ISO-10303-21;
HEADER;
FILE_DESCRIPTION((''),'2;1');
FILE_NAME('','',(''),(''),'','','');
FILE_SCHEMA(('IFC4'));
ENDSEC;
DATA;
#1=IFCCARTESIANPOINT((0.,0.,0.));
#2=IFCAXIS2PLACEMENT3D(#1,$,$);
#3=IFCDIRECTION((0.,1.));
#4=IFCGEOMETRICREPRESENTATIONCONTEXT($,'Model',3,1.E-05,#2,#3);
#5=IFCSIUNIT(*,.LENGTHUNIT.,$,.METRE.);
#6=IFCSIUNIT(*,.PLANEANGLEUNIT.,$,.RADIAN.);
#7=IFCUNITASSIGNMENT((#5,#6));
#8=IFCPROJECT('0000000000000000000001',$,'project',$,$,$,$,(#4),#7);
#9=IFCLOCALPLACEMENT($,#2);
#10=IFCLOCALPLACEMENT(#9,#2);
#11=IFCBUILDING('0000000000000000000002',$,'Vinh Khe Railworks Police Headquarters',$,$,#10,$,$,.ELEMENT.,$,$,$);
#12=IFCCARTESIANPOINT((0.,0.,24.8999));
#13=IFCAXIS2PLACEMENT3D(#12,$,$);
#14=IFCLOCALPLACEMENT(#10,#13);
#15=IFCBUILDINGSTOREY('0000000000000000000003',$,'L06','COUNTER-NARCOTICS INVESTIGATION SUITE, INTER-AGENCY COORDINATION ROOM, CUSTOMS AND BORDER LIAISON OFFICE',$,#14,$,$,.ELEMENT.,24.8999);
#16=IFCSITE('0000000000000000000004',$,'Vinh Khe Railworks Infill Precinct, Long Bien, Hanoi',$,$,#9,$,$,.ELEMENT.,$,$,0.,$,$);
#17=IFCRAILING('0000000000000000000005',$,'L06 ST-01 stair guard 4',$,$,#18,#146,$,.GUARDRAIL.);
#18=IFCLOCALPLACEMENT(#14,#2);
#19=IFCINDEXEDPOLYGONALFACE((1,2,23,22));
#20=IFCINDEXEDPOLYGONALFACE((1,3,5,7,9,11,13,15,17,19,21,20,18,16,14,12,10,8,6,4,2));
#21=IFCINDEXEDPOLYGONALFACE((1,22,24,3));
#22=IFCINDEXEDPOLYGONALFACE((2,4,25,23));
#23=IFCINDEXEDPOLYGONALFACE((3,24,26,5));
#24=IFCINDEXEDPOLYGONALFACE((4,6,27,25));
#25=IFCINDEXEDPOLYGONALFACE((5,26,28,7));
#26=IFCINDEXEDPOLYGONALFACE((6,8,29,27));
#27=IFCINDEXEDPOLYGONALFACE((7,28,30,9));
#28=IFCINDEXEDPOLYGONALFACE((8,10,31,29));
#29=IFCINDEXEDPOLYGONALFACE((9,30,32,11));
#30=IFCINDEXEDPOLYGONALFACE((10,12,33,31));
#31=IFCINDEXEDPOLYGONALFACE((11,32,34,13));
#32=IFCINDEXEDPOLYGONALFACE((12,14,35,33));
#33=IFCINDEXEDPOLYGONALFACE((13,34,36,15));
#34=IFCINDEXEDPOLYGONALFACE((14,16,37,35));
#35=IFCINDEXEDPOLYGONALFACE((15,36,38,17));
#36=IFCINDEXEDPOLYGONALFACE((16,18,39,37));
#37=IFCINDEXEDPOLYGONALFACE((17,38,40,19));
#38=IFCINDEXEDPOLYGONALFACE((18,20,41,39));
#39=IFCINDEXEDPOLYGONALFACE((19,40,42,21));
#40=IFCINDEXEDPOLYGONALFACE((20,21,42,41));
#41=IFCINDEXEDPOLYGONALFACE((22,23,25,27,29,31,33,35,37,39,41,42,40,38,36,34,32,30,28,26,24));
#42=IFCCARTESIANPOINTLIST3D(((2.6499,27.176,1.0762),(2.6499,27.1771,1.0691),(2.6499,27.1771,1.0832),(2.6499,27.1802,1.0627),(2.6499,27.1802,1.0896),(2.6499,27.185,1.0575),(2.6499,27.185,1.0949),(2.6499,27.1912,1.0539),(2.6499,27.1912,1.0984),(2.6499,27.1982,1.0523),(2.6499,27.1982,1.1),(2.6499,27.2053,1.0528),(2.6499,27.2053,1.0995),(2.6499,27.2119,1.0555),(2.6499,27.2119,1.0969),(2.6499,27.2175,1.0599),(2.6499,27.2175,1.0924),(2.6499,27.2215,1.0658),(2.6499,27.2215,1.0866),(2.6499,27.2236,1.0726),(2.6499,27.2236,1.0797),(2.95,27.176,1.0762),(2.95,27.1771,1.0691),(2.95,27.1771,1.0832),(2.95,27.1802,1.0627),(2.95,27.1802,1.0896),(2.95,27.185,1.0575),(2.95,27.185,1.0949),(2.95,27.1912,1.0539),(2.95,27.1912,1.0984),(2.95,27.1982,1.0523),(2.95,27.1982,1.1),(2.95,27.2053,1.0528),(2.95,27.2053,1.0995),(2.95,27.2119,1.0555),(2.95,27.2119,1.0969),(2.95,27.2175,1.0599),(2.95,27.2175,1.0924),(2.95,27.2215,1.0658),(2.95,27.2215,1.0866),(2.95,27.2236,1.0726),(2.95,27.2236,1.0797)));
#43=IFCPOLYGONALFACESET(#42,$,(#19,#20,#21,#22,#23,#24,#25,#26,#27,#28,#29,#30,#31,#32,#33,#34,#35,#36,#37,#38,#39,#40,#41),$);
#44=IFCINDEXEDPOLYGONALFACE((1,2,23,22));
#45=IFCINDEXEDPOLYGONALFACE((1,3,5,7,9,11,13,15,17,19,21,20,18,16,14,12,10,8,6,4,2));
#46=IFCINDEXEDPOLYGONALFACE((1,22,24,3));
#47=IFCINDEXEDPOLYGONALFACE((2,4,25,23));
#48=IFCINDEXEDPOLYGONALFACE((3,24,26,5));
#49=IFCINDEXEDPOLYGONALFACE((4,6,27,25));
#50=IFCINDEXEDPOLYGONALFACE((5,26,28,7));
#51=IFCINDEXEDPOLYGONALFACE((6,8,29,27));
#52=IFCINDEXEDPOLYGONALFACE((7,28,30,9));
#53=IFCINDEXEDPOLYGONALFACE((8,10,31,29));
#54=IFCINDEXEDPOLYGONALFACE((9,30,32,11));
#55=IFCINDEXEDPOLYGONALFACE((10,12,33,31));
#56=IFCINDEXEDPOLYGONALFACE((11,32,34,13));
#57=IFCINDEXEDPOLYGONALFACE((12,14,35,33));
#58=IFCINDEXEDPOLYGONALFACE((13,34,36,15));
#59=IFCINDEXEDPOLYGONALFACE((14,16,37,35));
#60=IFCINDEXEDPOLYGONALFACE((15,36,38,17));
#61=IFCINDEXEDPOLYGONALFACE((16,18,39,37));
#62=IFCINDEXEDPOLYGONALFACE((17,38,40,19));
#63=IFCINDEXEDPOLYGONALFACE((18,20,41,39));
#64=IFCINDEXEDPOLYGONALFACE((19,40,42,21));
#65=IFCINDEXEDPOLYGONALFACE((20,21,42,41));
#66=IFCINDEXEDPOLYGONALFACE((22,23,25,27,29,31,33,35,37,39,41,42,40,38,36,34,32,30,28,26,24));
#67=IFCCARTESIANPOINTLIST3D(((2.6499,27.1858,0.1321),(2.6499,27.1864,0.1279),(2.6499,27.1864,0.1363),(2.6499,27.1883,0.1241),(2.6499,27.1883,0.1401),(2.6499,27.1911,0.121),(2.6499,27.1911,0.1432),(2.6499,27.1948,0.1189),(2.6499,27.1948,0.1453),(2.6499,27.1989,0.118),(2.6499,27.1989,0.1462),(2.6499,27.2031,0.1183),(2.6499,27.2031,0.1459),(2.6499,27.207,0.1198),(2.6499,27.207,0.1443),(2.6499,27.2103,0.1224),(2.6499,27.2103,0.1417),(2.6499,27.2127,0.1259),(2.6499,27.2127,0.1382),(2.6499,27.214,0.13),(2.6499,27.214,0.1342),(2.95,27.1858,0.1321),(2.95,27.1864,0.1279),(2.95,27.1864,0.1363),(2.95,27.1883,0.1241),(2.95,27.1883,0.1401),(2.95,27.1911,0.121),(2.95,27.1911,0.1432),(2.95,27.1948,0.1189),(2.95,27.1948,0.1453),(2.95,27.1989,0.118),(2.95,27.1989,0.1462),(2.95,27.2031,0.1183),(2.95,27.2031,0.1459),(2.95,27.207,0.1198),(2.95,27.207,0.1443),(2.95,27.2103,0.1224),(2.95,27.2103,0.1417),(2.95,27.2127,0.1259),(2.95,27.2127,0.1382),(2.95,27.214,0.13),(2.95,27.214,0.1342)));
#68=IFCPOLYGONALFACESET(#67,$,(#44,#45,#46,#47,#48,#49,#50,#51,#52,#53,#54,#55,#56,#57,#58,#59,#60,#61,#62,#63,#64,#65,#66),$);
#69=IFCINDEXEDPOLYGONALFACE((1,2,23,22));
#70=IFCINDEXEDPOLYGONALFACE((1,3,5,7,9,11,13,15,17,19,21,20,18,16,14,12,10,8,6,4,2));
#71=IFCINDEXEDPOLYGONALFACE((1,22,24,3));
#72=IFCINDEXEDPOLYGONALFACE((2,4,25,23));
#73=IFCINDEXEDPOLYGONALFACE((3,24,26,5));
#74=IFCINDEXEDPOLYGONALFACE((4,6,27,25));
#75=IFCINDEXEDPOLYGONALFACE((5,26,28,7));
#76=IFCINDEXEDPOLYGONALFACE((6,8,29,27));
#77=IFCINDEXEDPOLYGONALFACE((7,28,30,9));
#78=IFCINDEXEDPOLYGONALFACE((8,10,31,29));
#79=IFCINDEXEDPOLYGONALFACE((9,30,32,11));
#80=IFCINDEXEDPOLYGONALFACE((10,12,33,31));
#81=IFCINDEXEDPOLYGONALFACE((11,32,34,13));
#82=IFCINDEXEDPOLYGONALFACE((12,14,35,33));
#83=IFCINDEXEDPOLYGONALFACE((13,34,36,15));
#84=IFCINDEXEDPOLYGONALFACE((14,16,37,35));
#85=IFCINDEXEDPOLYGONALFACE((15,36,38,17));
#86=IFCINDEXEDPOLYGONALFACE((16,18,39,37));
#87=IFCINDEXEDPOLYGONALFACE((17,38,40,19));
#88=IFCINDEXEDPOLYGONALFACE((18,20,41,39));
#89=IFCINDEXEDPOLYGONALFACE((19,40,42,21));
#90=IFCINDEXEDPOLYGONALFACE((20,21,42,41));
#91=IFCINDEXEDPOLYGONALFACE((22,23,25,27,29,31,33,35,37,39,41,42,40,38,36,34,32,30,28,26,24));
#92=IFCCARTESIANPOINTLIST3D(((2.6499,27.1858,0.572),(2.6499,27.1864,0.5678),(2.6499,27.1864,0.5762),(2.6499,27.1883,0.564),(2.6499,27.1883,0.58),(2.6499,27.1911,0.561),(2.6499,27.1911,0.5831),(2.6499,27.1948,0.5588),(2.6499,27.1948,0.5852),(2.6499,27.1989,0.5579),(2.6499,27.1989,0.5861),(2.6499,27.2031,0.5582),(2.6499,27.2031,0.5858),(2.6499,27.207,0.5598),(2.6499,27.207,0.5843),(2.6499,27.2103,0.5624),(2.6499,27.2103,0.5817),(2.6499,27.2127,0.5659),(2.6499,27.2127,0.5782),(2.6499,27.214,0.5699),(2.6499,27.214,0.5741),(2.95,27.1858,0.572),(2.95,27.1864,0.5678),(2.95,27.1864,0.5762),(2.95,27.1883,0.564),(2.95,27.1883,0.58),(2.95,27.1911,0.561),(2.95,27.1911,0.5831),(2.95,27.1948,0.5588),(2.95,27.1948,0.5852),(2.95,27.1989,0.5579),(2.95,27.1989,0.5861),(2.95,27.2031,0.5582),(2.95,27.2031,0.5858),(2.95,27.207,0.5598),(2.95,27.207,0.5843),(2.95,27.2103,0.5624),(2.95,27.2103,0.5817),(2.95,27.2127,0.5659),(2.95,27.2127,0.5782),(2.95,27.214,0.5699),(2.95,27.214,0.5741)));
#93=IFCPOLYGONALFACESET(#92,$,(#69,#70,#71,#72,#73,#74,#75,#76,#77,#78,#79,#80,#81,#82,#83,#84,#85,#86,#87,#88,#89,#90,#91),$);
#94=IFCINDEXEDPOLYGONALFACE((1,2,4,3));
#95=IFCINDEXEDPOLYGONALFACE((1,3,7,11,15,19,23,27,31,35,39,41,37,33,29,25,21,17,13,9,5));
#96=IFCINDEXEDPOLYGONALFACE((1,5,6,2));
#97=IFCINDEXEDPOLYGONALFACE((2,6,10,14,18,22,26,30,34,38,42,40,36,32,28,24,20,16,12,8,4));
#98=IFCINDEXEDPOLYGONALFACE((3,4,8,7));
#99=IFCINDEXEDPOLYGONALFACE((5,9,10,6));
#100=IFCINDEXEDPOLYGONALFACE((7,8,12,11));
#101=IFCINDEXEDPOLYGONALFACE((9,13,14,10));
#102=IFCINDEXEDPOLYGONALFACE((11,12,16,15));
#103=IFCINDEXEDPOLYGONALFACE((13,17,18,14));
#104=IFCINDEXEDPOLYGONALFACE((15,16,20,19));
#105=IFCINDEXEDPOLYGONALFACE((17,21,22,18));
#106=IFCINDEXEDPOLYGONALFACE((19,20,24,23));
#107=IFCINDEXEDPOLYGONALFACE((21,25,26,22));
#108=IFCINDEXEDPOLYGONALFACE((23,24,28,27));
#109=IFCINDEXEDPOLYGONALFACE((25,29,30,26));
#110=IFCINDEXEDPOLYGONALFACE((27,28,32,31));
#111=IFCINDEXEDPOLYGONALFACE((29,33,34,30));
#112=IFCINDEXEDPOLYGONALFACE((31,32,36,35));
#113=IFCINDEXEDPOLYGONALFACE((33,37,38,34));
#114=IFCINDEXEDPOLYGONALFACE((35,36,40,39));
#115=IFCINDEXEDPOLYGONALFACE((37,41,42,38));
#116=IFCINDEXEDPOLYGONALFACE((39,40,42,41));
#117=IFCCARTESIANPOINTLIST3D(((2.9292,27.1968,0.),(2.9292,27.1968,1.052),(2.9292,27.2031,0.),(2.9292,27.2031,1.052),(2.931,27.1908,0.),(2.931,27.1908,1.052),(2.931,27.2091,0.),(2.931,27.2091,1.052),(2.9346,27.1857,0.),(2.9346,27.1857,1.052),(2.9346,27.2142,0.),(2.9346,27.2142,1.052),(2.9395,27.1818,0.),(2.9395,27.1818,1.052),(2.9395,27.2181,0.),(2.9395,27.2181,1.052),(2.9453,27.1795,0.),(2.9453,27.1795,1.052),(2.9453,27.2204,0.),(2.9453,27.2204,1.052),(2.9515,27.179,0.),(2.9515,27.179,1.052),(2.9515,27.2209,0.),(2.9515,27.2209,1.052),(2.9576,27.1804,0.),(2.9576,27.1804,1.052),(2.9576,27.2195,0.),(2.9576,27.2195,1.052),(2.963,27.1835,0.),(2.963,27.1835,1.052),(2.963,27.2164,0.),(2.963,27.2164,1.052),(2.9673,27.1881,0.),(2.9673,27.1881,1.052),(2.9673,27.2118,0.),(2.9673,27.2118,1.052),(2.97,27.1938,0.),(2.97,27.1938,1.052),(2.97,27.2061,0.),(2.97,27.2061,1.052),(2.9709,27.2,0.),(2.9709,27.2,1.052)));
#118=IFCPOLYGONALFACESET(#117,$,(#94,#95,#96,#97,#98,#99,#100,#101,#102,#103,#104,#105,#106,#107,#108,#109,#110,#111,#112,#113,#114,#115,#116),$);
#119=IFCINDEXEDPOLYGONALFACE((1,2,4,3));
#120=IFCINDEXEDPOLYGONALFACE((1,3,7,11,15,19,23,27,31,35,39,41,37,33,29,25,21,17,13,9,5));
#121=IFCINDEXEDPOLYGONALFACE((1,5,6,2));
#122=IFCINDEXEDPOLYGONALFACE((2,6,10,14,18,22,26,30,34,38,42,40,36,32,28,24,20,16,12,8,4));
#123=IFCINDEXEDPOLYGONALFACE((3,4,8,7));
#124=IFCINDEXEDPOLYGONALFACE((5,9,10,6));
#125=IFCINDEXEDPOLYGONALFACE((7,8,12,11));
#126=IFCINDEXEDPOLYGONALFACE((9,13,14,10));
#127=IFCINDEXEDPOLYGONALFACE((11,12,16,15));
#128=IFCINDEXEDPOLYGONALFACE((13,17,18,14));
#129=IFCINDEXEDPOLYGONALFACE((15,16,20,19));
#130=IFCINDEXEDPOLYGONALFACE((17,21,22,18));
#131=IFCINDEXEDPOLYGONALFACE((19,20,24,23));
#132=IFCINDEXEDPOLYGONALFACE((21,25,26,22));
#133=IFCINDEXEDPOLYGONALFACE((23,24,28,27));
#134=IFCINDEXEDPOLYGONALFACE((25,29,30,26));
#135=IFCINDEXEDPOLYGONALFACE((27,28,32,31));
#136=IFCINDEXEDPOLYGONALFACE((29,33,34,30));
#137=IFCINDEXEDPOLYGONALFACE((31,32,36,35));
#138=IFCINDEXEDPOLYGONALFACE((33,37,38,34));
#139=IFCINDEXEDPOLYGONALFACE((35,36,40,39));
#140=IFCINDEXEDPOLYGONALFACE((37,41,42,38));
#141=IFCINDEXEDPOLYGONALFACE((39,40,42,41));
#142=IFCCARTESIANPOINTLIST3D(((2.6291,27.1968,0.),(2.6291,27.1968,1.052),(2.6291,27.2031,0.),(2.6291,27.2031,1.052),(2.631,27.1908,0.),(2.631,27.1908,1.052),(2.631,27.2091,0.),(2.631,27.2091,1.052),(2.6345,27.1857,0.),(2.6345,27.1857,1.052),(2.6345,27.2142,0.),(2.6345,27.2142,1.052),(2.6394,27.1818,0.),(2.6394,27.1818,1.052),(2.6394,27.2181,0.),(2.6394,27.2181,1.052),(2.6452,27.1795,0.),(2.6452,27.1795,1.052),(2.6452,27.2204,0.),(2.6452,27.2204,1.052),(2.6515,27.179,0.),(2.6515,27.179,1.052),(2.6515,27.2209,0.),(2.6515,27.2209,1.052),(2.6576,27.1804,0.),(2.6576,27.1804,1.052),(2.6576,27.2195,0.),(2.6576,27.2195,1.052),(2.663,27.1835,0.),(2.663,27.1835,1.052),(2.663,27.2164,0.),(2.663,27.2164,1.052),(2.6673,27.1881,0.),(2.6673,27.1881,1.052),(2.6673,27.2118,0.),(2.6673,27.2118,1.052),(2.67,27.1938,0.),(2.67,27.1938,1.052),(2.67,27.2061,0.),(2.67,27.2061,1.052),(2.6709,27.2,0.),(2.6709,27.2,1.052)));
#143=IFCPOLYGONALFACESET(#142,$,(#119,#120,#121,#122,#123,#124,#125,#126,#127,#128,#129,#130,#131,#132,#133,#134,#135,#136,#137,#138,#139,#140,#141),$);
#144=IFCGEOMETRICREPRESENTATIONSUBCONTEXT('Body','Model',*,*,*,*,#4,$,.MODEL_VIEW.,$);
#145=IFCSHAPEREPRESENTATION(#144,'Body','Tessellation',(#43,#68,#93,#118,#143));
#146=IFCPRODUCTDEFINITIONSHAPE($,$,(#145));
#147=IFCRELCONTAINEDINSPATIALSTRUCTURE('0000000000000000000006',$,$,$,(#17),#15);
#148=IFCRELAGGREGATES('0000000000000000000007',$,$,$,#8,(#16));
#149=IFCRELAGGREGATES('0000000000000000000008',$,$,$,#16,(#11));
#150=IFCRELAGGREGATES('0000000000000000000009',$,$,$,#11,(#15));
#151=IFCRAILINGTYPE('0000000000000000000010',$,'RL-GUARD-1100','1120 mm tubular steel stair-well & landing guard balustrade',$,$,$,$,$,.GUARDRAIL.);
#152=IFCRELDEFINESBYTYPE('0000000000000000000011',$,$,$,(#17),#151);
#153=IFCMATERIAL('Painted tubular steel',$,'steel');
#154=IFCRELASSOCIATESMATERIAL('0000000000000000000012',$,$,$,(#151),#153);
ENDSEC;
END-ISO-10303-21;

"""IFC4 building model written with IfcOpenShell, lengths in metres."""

from ifc_helpers import new_model, si_unit, direction, frame, origin, origin_2d, place, context, subcontext, project, spatial, circle, extrude, material, type_object, element, save


model = new_model("IFC4")

# Units and contexts
model_context = context("Model", 3, precision=1e-05, world=origin(), true_north=direction((0.0, 1.0)))
body_context = subcontext(model_context, "Body", "Model", "MODEL_VIEW")
ifc_project = project(units=[si_unit("LENGTHUNIT", "METRE"), si_unit("PLANEANGLEUNIT", "RADIAN")], contexts=[model_context])

# Site, building, storey
site_placement = place(None, origin())
site = spatial("IfcSite", under=ifc_project, at=site_placement, Name="Vinh Khe Railworks Infill Precinct, Long Bien, Hanoi", CompositionType="ELEMENT", RefElevation=0.0)
building_placement = place(site_placement, origin())
building = spatial("IfcBuilding", under=site, at=building_placement, Name="Vinh Khe Railworks Police Headquarters", CompositionType="ELEMENT")
storey_placement = place(building_placement, frame((0.0, 0.0, 24.8999)))
storey = spatial("IfcBuildingStorey", under=building, at=storey_placement, Name="L06", Description="COUNTER-NARCOTICS INVESTIGATION SUITE, INTER-AGENCY COORDINATION ROOM, CUSTOMS AND BORDER LIAISON OFFICE", CompositionType="ELEMENT", Elevation=24.8999)

# Railing
ifc_material_1 = material(Name="Painted tubular steel", Category="steel")
railing_type_1 = type_object("IfcRailingType", Name="RL-GUARD-1100", Description="1120 mm tubular steel stair-well & landing guard balustrade", PredefinedType="GUARDRAIL", material=ifc_material_1)
railing_1_placement = place(storey_placement, frame((2.95, 27.2, 0.0)))
element("IfcRailing", 1, at=railing_1_placement, inside=storey, type_object=railing_type_1, Name="L06 ST-01 stair guard 4", PredefinedType="GUARDRAIL", context=body_context, shape_type="SweptSolid", body=[
    extrude(circle(Radius=0.0239, at=origin_2d()), frame((0.0, 0.0, 1.0762), z_axis=(-1.0, 0.0, 0.0), x_axis=(0.0, -1.0, 0.0)), (0.0, 0.0, 1.0), 0.3),
    extrude(circle(Radius=0.0142, at=origin_2d()), frame((0.0, 0.0, 0.1321), z_axis=(-1.0, 0.0, 0.0), x_axis=(0.0, -1.0, 0.0)), (0.0, 0.0, 1.0), 0.3),
    extrude(circle(Radius=0.0142, at=origin_2d()), frame((0.0, 0.0, 0.572), z_axis=(-1.0, 0.0, 0.0), x_axis=(0.0, -1.0, 0.0)), (0.0, 0.0, 1.0), 0.3),
    extrude(circle(Radius=0.021, at=origin_2d()), origin(), (0.0, 0.0, 1.0), 1.052),
    extrude(circle(Radius=0.021, at=origin_2d()), frame((-0.3, 0.0, 0.0)), (0.0, 0.0, 1.0), 1.052),
])

save(model, "model.ifc")
